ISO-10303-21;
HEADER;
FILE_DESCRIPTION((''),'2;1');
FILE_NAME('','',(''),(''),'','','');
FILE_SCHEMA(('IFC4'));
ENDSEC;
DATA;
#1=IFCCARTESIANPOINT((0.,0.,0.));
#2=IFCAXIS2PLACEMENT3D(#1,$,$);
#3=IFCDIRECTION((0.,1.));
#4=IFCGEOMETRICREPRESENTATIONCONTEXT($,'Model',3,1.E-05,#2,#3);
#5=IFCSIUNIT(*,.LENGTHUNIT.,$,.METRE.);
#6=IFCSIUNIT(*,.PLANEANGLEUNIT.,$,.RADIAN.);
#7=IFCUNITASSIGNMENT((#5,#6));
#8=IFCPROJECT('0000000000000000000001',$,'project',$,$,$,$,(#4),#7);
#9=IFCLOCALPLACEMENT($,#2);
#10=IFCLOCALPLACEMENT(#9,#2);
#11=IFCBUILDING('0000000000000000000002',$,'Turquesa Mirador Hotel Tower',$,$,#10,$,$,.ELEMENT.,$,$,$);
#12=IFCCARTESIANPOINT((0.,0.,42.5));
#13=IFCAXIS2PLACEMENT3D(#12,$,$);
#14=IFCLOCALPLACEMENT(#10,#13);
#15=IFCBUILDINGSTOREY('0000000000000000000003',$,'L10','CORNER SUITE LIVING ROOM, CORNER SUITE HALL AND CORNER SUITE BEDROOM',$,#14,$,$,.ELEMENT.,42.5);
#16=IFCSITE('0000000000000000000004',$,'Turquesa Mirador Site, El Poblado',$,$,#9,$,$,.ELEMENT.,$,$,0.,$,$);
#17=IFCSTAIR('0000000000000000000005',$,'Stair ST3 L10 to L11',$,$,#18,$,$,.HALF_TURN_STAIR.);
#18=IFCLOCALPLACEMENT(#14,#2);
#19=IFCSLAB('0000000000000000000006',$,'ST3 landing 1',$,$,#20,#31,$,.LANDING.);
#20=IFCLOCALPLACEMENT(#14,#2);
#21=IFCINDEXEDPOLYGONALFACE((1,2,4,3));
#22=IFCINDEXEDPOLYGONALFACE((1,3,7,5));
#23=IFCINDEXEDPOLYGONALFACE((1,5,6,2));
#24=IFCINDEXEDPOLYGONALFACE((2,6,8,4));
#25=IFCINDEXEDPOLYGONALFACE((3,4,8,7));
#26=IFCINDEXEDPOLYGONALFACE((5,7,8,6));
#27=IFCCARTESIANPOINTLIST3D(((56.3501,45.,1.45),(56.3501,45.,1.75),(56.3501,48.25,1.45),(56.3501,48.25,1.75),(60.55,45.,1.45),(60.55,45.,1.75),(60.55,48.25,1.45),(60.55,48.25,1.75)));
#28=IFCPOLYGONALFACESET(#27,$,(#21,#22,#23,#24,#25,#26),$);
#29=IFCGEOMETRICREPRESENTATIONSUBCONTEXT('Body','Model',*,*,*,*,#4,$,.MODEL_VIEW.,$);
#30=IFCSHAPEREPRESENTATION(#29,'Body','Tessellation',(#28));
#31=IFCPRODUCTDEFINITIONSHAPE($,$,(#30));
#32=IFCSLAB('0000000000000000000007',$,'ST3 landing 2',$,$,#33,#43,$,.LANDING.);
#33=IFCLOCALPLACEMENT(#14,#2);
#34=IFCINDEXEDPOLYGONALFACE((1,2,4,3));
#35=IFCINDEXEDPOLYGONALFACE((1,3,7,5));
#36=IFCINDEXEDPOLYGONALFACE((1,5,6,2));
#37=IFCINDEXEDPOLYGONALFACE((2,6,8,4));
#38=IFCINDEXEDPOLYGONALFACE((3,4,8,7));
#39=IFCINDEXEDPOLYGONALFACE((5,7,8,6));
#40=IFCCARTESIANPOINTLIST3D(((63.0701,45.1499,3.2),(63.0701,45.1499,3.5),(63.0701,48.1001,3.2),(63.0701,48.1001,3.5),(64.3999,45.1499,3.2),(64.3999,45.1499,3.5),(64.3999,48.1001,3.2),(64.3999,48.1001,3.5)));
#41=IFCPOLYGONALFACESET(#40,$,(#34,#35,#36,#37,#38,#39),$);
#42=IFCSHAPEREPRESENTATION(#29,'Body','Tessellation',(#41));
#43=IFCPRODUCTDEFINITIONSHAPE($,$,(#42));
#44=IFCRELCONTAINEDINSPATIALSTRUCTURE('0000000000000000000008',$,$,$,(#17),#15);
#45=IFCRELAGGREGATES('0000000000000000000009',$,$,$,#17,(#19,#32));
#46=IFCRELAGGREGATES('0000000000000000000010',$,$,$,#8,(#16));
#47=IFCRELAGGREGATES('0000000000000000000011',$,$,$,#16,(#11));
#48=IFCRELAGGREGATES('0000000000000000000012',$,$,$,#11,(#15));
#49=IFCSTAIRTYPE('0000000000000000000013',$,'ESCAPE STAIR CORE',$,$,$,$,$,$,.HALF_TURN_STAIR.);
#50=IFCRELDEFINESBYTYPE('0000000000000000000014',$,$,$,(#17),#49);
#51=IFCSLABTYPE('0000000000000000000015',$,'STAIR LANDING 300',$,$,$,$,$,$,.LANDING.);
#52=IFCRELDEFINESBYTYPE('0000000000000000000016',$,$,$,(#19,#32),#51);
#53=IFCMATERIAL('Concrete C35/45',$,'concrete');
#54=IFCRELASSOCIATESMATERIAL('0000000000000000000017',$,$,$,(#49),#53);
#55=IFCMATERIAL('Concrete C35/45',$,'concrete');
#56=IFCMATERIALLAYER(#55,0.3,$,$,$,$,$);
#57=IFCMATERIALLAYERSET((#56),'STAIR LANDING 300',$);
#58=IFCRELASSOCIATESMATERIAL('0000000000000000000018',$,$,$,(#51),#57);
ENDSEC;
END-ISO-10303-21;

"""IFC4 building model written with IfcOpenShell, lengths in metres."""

from ifc_helpers import new_model, si_unit, direction, frame, origin, place, context, subcontext, project, spatial, polyline, outline, extrude, material, layer, layer_set, type_object, element, aggregate, save


model = new_model("IFC4")

# Units and contexts
model_context = context("Model", 3, precision=1e-05, world=origin(), true_north=direction((0.0, 1.0)))
body_context = subcontext(model_context, "Body", "Model", "MODEL_VIEW")
ifc_project = project(units=[si_unit("LENGTHUNIT", "METRE"), si_unit("PLANEANGLEUNIT", "RADIAN")], contexts=[model_context])

# Site, building, storey
site_placement = place(None, origin())
site = spatial("IfcSite", under=ifc_project, at=site_placement, Name="Turquesa Mirador Site, El Poblado", CompositionType="ELEMENT", RefElevation=0.0)
building_placement = place(site_placement, origin())
building = spatial("IfcBuilding", under=site, at=building_placement, Name="Turquesa Mirador Hotel Tower", CompositionType="ELEMENT")
storey_placement = place(building_placement, frame((0.0, 0.0, 42.5)))
storey = spatial("IfcBuildingStorey", under=building, at=storey_placement, Name="L10", Description="CORNER SUITE LIVING ROOM, CORNER SUITE HALL AND CORNER SUITE BEDROOM", CompositionType="ELEMENT", Elevation=42.5)

# Stair, slabs
ifc_material_1 = material(Name="Concrete C35/45", Category="concrete")
stair_type = type_object("IfcStairType", Name="ESCAPE STAIR CORE", PredefinedType="HALF_TURN_STAIR", material=ifc_material_1)
ifc_material_2 = material(Name="Concrete C35/45", Category="concrete")
ifc_layer_1 = layer(ifc_material_2, 0.3)
ifc_layer_set_1 = layer_set([ifc_layer_1], Name="STAIR LANDING 300")
slab_type_1 = type_object("IfcSlabType", Name="STAIR LANDING 300", PredefinedType="LANDING", material=ifc_layer_set_1)
stair_1_placement = place(storey_placement, origin())
stair_1 = element("IfcStair", 1, at=stair_1_placement, inside=storey, type_object=stair_type, Name="Stair ST3 L10 to L11", PredefinedType="HALF_TURN_STAIR")
slab_1_placement = place(storey_placement, frame((0.0, 0.0, 1.45)))
slab_1 = element("IfcSlab", 2, at=slab_1_placement, type_object=slab_type_1, Name="ST3 landing 1", PredefinedType="LANDING", context=body_context, shape_type="SweptSolid", body=[
    extrude(outline(polyline([(56.3501, 45.0), (60.55, 45.0), (60.55, 48.25), (56.3501, 48.25), (56.3501, 45.0)])), origin(), (0.0, 0.0, 1.0), 0.3),
])
slab_2_placement = place(storey_placement, frame((0.0, 0.0, 3.2)))
slab_2 = element("IfcSlab", 3, at=slab_2_placement, type_object=slab_type_1, Name="ST3 landing 2", PredefinedType="LANDING", context=body_context, shape_type="SweptSolid", body=[
    extrude(outline(polyline([(63.0701, 45.1499), (64.3999, 45.1499), (64.3999, 48.1001), (63.0701, 48.1001), (63.0701, 45.1499)])), origin(), (0.0, 0.0, 1.0), 0.3),
])
aggregate(stair_1, [slab_1, slab_2])

save(model, "model.ifc")
